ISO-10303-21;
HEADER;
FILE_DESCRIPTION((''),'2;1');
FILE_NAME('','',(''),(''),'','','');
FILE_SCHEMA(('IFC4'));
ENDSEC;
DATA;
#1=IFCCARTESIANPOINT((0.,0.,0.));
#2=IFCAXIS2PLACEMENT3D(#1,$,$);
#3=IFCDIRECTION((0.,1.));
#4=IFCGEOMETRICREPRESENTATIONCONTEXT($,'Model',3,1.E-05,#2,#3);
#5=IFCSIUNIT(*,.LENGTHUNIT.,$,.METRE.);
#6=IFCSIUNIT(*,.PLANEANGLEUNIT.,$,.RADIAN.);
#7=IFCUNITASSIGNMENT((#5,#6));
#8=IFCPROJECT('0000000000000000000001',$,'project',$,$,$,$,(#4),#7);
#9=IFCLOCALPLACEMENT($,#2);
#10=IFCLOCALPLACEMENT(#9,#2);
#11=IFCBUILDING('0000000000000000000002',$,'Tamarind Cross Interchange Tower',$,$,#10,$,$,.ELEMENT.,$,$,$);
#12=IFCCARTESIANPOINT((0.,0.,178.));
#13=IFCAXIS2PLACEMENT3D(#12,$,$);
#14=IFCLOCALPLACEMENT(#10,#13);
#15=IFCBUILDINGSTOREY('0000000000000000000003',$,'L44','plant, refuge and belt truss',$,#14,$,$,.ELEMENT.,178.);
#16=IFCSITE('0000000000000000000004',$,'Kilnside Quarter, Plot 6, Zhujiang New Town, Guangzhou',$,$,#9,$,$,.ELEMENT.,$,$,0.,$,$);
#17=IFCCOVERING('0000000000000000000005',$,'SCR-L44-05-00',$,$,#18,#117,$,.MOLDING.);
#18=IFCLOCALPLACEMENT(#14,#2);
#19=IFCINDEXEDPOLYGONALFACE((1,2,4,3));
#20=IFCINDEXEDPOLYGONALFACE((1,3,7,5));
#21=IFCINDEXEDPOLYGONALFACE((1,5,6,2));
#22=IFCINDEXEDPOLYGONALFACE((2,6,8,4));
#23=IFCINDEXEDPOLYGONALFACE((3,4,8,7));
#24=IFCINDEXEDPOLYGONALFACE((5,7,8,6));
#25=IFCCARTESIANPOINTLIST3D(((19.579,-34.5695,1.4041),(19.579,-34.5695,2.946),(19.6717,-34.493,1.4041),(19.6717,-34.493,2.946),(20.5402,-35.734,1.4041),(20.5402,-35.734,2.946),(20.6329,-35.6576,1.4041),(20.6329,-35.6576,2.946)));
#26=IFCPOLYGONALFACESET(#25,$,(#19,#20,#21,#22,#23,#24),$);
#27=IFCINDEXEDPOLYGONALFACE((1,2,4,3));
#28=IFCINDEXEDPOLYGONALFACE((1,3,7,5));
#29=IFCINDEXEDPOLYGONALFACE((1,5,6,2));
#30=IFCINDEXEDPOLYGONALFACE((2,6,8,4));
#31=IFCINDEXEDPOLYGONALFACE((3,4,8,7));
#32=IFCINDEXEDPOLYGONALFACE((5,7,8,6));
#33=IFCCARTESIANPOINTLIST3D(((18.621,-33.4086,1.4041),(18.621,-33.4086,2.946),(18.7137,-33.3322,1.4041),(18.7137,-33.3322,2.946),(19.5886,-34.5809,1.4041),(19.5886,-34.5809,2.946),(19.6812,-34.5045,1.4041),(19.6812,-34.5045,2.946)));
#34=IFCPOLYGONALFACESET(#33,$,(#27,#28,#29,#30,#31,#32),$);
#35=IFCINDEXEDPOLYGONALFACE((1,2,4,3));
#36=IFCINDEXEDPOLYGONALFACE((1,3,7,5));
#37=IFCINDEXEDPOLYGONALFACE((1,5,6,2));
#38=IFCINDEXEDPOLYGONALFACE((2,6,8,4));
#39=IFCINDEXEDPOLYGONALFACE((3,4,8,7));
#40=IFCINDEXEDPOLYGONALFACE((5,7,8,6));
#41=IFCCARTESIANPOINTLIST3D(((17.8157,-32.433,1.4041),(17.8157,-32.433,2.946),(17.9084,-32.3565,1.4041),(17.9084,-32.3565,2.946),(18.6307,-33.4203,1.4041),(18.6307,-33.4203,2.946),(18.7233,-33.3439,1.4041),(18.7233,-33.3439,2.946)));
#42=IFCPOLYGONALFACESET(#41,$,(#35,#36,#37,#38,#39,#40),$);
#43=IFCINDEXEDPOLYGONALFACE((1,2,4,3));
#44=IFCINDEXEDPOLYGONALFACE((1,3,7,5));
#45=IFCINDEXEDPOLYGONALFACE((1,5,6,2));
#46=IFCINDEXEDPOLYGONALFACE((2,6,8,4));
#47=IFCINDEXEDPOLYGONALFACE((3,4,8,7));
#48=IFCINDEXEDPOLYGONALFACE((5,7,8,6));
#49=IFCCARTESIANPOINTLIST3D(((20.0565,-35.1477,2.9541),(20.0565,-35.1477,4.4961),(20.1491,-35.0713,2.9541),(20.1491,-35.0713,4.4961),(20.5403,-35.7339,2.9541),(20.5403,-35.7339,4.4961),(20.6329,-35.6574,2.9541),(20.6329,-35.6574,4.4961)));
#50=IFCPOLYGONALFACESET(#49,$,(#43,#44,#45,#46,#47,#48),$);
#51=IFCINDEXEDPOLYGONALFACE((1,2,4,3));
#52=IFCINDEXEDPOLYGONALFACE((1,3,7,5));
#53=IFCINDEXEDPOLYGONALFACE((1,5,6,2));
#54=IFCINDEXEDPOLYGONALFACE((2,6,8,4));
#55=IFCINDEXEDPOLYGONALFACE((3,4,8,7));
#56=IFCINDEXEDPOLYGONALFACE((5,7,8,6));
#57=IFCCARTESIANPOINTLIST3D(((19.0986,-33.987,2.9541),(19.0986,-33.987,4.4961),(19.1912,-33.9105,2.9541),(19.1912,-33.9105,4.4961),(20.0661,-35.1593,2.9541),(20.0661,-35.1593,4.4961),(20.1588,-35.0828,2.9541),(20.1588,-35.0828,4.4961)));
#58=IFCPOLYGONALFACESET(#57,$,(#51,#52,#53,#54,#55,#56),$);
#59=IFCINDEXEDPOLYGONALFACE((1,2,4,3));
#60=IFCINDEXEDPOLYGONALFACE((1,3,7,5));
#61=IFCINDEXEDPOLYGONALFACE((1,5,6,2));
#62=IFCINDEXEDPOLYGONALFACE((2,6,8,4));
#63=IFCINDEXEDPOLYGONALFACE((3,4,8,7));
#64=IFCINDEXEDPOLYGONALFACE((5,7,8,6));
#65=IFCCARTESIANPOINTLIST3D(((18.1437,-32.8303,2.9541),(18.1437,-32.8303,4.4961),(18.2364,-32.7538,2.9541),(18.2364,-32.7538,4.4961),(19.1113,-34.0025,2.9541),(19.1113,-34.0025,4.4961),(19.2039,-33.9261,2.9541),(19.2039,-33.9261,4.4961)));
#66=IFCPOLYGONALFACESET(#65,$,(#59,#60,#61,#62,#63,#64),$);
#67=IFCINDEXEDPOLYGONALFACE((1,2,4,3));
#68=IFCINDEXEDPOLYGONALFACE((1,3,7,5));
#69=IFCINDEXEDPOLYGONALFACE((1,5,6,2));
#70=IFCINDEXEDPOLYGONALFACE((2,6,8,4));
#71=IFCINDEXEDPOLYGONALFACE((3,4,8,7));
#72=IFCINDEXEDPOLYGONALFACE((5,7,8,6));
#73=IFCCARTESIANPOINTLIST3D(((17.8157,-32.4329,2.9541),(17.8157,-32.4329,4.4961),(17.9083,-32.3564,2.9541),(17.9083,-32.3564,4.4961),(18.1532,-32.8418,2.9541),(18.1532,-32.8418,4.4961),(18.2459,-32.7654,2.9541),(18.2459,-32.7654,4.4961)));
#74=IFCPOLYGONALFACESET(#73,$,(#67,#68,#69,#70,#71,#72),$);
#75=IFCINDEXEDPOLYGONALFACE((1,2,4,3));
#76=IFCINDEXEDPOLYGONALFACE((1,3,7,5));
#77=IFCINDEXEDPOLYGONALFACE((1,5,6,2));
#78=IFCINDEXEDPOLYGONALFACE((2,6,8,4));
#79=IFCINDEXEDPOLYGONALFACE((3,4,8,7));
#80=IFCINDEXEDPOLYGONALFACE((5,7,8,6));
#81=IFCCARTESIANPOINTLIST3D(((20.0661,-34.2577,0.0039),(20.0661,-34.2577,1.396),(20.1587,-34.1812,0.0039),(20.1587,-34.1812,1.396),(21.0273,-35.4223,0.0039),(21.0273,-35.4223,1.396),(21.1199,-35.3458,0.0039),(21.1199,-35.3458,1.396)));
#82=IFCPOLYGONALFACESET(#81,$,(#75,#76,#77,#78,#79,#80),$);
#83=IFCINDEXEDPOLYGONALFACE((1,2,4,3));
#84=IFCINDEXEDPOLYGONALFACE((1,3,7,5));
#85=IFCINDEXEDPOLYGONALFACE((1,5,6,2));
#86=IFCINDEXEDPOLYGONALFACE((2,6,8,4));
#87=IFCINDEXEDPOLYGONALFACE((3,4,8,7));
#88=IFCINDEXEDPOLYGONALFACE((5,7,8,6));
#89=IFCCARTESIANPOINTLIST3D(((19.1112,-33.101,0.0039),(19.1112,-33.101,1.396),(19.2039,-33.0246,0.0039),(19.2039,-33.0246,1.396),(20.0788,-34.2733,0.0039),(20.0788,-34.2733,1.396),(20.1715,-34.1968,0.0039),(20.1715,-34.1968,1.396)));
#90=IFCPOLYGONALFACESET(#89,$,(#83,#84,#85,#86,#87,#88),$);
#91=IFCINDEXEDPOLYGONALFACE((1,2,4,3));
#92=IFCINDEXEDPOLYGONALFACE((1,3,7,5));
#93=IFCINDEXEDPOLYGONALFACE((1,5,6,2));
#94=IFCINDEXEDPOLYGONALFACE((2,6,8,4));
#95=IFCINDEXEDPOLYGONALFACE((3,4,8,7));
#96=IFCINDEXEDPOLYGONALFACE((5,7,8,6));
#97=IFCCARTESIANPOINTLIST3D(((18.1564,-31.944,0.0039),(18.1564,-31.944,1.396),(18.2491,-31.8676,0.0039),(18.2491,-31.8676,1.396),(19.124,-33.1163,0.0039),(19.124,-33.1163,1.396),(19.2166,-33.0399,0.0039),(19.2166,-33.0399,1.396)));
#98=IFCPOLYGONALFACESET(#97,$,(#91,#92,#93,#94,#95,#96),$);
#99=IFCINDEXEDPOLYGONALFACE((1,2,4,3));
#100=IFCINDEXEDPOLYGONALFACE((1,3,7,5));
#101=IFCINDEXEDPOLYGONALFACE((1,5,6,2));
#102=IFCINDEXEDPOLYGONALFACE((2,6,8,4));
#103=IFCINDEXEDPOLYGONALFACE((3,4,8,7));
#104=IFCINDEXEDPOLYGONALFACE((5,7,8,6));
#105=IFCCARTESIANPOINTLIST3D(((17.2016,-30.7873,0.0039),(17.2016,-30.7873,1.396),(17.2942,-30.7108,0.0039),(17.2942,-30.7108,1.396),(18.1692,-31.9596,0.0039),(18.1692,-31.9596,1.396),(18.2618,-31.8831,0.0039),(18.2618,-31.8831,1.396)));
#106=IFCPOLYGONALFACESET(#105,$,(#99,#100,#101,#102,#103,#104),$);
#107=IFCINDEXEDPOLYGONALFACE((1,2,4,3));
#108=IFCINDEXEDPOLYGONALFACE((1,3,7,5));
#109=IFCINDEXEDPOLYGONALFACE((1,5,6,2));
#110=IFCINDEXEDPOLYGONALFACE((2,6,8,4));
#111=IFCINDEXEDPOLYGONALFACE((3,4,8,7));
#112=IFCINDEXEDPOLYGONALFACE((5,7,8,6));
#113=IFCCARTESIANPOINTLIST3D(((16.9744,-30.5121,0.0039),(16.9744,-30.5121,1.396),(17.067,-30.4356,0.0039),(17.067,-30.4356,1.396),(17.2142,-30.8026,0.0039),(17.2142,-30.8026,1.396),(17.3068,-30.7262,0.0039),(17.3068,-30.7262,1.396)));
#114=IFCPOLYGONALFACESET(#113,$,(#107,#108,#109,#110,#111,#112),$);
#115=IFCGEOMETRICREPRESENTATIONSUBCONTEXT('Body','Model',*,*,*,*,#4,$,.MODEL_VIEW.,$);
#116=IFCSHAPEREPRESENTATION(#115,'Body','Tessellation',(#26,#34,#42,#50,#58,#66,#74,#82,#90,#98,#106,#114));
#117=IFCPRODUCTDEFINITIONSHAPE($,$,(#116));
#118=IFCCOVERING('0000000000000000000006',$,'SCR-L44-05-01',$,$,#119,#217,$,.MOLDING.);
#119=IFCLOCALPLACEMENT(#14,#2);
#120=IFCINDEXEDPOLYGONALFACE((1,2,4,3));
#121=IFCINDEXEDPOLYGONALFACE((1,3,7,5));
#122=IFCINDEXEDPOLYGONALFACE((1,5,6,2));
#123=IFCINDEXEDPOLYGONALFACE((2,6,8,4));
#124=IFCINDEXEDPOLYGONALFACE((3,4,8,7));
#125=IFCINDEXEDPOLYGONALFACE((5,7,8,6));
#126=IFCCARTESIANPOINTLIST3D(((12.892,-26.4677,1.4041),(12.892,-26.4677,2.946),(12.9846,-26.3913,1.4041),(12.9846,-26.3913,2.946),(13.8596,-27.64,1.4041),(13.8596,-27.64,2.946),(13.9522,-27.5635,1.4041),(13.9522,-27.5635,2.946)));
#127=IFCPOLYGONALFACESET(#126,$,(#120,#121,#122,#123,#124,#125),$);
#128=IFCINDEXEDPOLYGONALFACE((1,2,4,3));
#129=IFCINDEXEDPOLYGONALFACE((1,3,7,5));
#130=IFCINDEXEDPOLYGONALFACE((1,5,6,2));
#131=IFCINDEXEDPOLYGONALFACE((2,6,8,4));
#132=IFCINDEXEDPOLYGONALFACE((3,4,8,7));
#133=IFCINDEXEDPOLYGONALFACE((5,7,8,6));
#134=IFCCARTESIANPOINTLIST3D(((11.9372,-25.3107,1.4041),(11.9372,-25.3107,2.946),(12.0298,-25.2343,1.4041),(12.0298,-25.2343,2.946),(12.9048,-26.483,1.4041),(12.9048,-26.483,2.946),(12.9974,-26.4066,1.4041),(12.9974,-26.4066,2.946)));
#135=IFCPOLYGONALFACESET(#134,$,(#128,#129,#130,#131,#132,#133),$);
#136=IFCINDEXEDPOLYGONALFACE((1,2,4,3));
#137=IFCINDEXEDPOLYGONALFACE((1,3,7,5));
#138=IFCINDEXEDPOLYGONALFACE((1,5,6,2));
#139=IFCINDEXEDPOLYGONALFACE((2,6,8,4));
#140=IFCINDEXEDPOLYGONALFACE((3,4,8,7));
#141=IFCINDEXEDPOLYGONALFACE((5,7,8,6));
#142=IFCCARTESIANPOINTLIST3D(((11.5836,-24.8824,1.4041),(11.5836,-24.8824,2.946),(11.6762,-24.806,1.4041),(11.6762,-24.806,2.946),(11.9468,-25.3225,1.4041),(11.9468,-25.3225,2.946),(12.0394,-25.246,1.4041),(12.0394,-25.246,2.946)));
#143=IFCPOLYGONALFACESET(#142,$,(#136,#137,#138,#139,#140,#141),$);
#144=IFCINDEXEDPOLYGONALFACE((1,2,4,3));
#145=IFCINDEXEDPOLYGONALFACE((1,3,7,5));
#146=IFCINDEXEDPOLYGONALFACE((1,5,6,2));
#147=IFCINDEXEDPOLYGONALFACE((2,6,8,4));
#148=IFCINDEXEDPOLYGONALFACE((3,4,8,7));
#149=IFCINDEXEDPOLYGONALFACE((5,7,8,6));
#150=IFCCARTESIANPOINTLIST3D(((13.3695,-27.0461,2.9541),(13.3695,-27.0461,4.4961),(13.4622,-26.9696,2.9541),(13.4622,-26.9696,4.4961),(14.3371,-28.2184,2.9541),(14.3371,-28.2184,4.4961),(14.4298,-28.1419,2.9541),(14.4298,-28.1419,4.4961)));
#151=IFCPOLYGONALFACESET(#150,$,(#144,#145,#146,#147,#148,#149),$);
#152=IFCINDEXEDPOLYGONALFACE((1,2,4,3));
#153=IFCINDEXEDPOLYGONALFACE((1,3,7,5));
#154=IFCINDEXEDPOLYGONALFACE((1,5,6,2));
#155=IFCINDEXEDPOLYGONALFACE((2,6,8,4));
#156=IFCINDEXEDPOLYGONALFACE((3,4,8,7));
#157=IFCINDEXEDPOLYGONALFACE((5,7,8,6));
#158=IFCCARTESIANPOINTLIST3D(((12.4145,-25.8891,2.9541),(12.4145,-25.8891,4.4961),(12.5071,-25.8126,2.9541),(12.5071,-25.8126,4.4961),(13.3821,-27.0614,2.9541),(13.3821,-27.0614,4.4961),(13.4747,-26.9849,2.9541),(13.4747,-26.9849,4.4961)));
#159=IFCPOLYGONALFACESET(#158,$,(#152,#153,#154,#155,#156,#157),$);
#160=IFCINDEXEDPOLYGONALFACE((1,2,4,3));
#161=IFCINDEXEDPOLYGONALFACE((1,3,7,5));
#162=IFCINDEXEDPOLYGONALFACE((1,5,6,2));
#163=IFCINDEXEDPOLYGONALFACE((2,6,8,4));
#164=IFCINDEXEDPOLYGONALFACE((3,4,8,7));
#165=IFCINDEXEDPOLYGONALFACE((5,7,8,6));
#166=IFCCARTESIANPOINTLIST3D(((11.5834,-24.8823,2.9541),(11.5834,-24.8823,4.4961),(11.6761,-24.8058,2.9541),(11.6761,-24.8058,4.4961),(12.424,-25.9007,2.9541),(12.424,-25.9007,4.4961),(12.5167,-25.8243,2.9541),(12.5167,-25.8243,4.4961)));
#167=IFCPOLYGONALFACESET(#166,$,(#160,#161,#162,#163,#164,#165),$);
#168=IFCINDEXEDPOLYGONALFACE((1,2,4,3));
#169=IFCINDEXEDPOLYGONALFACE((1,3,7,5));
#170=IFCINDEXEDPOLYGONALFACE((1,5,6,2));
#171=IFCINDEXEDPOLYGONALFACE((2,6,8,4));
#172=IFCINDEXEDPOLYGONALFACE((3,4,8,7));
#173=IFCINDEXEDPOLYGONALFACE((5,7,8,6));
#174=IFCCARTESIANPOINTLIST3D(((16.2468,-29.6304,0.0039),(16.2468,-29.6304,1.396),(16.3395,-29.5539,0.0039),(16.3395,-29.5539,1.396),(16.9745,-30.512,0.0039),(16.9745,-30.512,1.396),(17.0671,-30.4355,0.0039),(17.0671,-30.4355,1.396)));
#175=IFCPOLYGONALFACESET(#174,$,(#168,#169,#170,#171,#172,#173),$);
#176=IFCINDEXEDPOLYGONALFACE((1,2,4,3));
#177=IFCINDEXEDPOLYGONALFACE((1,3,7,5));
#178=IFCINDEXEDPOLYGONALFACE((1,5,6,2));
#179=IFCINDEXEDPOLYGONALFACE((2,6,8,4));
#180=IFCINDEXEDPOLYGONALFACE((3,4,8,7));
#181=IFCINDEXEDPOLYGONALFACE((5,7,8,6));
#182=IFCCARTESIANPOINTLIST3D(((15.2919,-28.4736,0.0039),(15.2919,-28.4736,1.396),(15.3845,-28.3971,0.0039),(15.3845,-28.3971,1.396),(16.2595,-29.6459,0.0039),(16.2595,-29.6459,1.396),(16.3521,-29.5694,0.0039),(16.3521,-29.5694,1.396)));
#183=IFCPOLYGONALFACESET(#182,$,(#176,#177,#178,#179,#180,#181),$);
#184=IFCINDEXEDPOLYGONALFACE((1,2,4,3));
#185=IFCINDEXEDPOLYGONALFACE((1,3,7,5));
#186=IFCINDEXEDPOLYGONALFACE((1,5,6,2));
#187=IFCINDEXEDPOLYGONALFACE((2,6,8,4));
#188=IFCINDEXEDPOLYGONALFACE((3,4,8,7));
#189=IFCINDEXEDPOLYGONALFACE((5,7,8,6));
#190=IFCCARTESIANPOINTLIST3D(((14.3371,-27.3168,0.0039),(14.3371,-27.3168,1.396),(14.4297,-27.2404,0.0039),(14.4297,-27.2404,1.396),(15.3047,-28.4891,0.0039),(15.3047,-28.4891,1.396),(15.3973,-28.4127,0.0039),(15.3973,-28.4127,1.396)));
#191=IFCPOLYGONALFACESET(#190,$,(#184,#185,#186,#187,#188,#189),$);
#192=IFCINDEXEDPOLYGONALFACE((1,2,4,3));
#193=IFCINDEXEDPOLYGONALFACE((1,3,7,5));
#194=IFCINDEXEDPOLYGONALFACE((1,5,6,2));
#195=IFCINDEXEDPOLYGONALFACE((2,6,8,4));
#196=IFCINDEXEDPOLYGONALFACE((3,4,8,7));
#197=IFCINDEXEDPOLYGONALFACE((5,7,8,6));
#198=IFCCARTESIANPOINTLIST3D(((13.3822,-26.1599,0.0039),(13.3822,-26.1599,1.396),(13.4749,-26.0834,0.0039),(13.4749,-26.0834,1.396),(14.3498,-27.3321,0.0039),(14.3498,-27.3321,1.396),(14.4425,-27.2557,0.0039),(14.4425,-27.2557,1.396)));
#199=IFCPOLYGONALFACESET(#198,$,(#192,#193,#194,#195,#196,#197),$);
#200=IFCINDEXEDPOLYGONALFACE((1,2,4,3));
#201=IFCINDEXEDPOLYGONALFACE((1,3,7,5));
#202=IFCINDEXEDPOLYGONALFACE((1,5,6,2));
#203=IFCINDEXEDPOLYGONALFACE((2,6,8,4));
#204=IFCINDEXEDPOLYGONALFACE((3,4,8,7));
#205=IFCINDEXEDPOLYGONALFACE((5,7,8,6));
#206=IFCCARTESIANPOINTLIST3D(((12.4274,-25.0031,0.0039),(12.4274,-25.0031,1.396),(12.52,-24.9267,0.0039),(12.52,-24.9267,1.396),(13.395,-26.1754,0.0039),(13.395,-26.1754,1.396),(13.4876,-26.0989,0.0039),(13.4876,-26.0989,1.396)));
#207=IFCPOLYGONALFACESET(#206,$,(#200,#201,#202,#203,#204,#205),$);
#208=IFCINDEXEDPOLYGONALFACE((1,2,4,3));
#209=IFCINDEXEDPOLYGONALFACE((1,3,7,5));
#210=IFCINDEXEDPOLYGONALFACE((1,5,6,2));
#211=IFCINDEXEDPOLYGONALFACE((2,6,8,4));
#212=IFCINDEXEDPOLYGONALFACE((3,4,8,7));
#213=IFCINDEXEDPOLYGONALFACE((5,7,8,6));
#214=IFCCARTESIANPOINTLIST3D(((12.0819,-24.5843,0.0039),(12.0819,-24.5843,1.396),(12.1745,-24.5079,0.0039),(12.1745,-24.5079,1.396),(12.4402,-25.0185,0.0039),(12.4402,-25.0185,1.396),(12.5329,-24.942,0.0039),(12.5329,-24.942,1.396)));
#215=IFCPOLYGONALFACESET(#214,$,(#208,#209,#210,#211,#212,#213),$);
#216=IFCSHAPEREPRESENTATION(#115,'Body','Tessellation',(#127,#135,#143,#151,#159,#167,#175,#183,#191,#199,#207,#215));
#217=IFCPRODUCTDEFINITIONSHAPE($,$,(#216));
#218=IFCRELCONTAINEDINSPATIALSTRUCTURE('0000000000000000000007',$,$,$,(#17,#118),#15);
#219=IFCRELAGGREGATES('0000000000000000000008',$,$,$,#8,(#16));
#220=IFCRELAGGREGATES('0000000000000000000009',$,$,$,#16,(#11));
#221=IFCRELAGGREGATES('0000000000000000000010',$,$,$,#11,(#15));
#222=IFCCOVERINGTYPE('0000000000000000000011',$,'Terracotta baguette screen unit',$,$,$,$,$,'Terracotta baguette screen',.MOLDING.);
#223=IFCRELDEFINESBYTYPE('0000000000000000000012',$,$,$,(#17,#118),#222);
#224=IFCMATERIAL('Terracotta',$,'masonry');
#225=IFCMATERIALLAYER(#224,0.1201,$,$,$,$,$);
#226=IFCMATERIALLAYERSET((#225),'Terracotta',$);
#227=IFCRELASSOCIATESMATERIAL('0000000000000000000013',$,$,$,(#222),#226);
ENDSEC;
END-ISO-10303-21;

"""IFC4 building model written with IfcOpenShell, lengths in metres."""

from ifc_helpers import new_model, si_unit, direction, frame, origin, origin_2d, place, context, subcontext, project, spatial, rectangle, extrude, material, layer, layer_set, type_object, element, save


model = new_model("IFC4")

# Units and contexts
model_context = context("Model", 3, precision=1e-05, world=origin(), true_north=direction((0.0, 1.0)))
body_context = subcontext(model_context, "Body", "Model", "MODEL_VIEW")
ifc_project = project(units=[si_unit("LENGTHUNIT", "METRE"), si_unit("PLANEANGLEUNIT", "RADIAN")], contexts=[model_context])

# Site, building, storey
site_placement = place(None, origin())
site = spatial("IfcSite", under=ifc_project, at=site_placement, Name="Kilnside Quarter, Plot 6, Zhujiang New Town, Guangzhou", CompositionType="ELEMENT", RefElevation=0.0)
building_placement = place(site_placement, origin())
building = spatial("IfcBuilding", under=site, at=building_placement, Name="Tamarind Cross Interchange Tower", CompositionType="ELEMENT")
storey_placement = place(building_placement, frame((0.0, 0.0, 178.0)))
storey = spatial("IfcBuildingStorey", under=building, at=storey_placement, Name="L44", Description="plant, refuge and belt truss", CompositionType="ELEMENT", Elevation=178.0)

# Coverings
ifc_material_1 = material(Name="Terracotta", Category="masonry")
ifc_layer_1 = layer(ifc_material_1, 0.1201)
ifc_layer_set_1 = layer_set([ifc_layer_1], Name="Terracotta")
covering_type = type_object("IfcCoveringType", Name="Terracotta baguette screen unit", ElementType="Terracotta baguette screen", PredefinedType="MOLDING", material=ifc_layer_set_1)
covering_1_placement = place(storey_placement, origin())
element("IfcCovering", 1, at=covering_1_placement, inside=storey, type_object=covering_type, Name="SCR-L44-05-00", PredefinedType="MOLDING", context=body_context, shape_type="SweptSolid", body=[
    extrude(rectangle(XDim=1.51, YDim=0.1201, at=origin_2d()), frame((20.106, -35.1135, 1.4041), z_axis=(0.0, 0.0, 1.0), x_axis=(-0.63656, 0.771227, 0.0)), (0.0, 0.0, 1.0), 1.542),
    extrude(rectangle(XDim=1.52, YDim=0.1201, at=origin_2d()), frame((19.1511, -33.9565, 1.4041), z_axis=(0.0, 0.0, 1.0), x_axis=(-0.63656, 0.771227, 0.0)), (0.0, 0.0, 1.0), 1.542),
    extrude(rectangle(XDim=1.2803, YDim=0.1201, at=origin_2d()), frame((18.2695, -32.8884, 1.4041), z_axis=(0.0, 0.0, 1.0), x_axis=(-0.63656, 0.771227, 0.0)), (0.0, 0.0, 1.0), 1.542),
    extrude(rectangle(XDim=0.76, YDim=0.1201, at=origin_2d()), frame((20.3447, -35.4026, 2.9541), z_axis=(0.0, 0.0, 1.0), x_axis=(-0.63656, 0.771227, 0.0)), (0.0, 0.0, 1.0), 1.542),
    extrude(rectangle(XDim=1.52, YDim=0.1201, at=origin_2d()), frame((19.6287, -34.5349, 2.9541), z_axis=(0.0, 0.0, 1.0), x_axis=(-0.63656, 0.771227, 0.0)), (0.0, 0.0, 1.0), 1.542),
    extrude(rectangle(XDim=1.52, YDim=0.1201, at=origin_2d()), frame((18.6738, -33.3782, 2.9541), z_axis=(0.0, 0.0, 1.0), x_axis=(-0.63656, 0.771227, 0.0)), (0.0, 0.0, 1.0), 1.542),
    extrude(rectangle(XDim=0.5303, YDim=0.1201, at=origin_2d()), frame((18.0308, -32.5991, 2.9541), z_axis=(0.0, 0.0, 1.0), x_axis=(-0.63656, 0.771227, 0.0)), (0.0, 0.0, 1.0), 1.542),
    extrude(rectangle(XDim=1.51, YDim=0.1201, at=origin_2d()), frame((20.593, -34.8018, 0.0039), z_axis=(0.0, 0.0, 1.0), x_axis=(-0.63656, 0.771227, 0.0)), (0.0, 0.0, 1.0), 1.3921),
    extrude(rectangle(XDim=1.52, YDim=0.1201, at=origin_2d()), frame((19.6414, -33.6489, 0.0039), z_axis=(0.0, 0.0, 1.0), x_axis=(-0.63656, 0.771227, 0.0)), (0.0, 0.0, 1.0), 1.3921),
    extrude(rectangle(XDim=1.52, YDim=0.1201, at=origin_2d()), frame((18.6865, -32.4919, 0.0039), z_axis=(0.0, 0.0, 1.0), x_axis=(-0.63656, 0.771227, 0.0)), (0.0, 0.0, 1.0), 1.3921),
    extrude(rectangle(XDim=1.52, YDim=0.1201, at=origin_2d()), frame((17.7317, -31.3352, 0.0039), z_axis=(0.0, 0.0, 1.0), x_axis=(-0.63656, 0.771227, 0.0)), (0.0, 0.0, 1.0), 1.3921),
    extrude(rectangle(XDim=0.3767, YDim=0.1201, at=origin_2d()), frame((17.1406, -30.6191, 0.0039), z_axis=(0.0, 0.0, 1.0), x_axis=(-0.63656, 0.771227, 0.0)), (0.0, 0.0, 1.0), 1.3921),
])
covering_2_placement = place(storey_placement, origin())
element("IfcCovering", 2, at=covering_2_placement, inside=storey, type_object=covering_type, Name="SCR-L44-05-01", PredefinedType="MOLDING", context=body_context, shape_type="SweptSolid", body=[
    extrude(rectangle(XDim=1.52, YDim=0.1201, at=origin_2d()), frame((13.4221, -27.0156, 1.4041), z_axis=(0.0, 0.0, 1.0), x_axis=(-0.63656, 0.771227, 0.0)), (0.0, 0.0, 1.0), 1.542),
    extrude(rectangle(XDim=1.52, YDim=0.1201, at=origin_2d()), frame((12.4673, -25.8586, 1.4041), z_axis=(0.0, 0.0, 1.0), x_axis=(-0.63656, 0.771227, 0.0)), (0.0, 0.0, 1.0), 1.542),
    extrude(rectangle(XDim=0.5706, YDim=0.1201, at=origin_2d()), frame((11.8115, -25.0642, 1.4041), z_axis=(0.0, 0.0, 1.0), x_axis=(-0.63656, 0.771227, 0.0)), (0.0, 0.0, 1.0), 1.542),
    extrude(rectangle(XDim=1.52, YDim=0.1201, at=origin_2d()), frame((13.8997, -27.594, 2.9541), z_axis=(0.0, 0.0, 1.0), x_axis=(-0.63656, 0.771227, 0.0)), (0.0, 0.0, 1.0), 1.542),
    extrude(rectangle(XDim=1.52, YDim=0.1201, at=origin_2d()), frame((12.9446, -26.437, 2.9541), z_axis=(0.0, 0.0, 1.0), x_axis=(-0.63656, 0.771227, 0.0)), (0.0, 0.0, 1.0), 1.542),
    extrude(rectangle(XDim=1.3206, YDim=0.1201, at=origin_2d()), frame((12.05, -25.3533, 2.9541), z_axis=(0.0, 0.0, 1.0), x_axis=(-0.63656, 0.771227, 0.0)), (0.0, 0.0, 1.0), 1.542),
    extrude(rectangle(XDim=1.1431, YDim=0.1201, at=origin_2d()), frame((16.657, -30.033, 0.0039), z_axis=(0.0, 0.0, 1.0), x_axis=(-0.63656, 0.771227, 0.0)), (0.0, 0.0, 1.0), 1.3921),
    extrude(rectangle(XDim=1.52, YDim=0.1201, at=origin_2d()), frame((15.822, -29.0215, 0.0039), z_axis=(0.0, 0.0, 1.0), x_axis=(-0.63656, 0.771227, 0.0)), (0.0, 0.0, 1.0), 1.3921),
    extrude(rectangle(XDim=1.52, YDim=0.1201, at=origin_2d()), frame((14.8672, -27.8647, 0.0039), z_axis=(0.0, 0.0, 1.0), x_axis=(-0.63656, 0.771227, 0.0)), (0.0, 0.0, 1.0), 1.3921),
    extrude(rectangle(XDim=1.52, YDim=0.1201, at=origin_2d()), frame((13.9124, -26.7078, 0.0039), z_axis=(0.0, 0.0, 1.0), x_axis=(-0.63656, 0.771227, 0.0)), (0.0, 0.0, 1.0), 1.3921),
    extrude(rectangle(XDim=1.52, YDim=0.1201, at=origin_2d()), frame((12.9575, -25.551, 0.0039), z_axis=(0.0, 0.0, 1.0), x_axis=(-0.63656, 0.771227, 0.0)), (0.0, 0.0, 1.0), 1.3921),
    extrude(rectangle(XDim=0.563, YDim=0.1201, at=origin_2d()), frame((12.3074, -24.7632, 0.0039), z_axis=(0.0, 0.0, 1.0), x_axis=(-0.63656, 0.771227, 0.0)), (0.0, 0.0, 1.0), 1.3921),
])

save(model, "model.ifc")
